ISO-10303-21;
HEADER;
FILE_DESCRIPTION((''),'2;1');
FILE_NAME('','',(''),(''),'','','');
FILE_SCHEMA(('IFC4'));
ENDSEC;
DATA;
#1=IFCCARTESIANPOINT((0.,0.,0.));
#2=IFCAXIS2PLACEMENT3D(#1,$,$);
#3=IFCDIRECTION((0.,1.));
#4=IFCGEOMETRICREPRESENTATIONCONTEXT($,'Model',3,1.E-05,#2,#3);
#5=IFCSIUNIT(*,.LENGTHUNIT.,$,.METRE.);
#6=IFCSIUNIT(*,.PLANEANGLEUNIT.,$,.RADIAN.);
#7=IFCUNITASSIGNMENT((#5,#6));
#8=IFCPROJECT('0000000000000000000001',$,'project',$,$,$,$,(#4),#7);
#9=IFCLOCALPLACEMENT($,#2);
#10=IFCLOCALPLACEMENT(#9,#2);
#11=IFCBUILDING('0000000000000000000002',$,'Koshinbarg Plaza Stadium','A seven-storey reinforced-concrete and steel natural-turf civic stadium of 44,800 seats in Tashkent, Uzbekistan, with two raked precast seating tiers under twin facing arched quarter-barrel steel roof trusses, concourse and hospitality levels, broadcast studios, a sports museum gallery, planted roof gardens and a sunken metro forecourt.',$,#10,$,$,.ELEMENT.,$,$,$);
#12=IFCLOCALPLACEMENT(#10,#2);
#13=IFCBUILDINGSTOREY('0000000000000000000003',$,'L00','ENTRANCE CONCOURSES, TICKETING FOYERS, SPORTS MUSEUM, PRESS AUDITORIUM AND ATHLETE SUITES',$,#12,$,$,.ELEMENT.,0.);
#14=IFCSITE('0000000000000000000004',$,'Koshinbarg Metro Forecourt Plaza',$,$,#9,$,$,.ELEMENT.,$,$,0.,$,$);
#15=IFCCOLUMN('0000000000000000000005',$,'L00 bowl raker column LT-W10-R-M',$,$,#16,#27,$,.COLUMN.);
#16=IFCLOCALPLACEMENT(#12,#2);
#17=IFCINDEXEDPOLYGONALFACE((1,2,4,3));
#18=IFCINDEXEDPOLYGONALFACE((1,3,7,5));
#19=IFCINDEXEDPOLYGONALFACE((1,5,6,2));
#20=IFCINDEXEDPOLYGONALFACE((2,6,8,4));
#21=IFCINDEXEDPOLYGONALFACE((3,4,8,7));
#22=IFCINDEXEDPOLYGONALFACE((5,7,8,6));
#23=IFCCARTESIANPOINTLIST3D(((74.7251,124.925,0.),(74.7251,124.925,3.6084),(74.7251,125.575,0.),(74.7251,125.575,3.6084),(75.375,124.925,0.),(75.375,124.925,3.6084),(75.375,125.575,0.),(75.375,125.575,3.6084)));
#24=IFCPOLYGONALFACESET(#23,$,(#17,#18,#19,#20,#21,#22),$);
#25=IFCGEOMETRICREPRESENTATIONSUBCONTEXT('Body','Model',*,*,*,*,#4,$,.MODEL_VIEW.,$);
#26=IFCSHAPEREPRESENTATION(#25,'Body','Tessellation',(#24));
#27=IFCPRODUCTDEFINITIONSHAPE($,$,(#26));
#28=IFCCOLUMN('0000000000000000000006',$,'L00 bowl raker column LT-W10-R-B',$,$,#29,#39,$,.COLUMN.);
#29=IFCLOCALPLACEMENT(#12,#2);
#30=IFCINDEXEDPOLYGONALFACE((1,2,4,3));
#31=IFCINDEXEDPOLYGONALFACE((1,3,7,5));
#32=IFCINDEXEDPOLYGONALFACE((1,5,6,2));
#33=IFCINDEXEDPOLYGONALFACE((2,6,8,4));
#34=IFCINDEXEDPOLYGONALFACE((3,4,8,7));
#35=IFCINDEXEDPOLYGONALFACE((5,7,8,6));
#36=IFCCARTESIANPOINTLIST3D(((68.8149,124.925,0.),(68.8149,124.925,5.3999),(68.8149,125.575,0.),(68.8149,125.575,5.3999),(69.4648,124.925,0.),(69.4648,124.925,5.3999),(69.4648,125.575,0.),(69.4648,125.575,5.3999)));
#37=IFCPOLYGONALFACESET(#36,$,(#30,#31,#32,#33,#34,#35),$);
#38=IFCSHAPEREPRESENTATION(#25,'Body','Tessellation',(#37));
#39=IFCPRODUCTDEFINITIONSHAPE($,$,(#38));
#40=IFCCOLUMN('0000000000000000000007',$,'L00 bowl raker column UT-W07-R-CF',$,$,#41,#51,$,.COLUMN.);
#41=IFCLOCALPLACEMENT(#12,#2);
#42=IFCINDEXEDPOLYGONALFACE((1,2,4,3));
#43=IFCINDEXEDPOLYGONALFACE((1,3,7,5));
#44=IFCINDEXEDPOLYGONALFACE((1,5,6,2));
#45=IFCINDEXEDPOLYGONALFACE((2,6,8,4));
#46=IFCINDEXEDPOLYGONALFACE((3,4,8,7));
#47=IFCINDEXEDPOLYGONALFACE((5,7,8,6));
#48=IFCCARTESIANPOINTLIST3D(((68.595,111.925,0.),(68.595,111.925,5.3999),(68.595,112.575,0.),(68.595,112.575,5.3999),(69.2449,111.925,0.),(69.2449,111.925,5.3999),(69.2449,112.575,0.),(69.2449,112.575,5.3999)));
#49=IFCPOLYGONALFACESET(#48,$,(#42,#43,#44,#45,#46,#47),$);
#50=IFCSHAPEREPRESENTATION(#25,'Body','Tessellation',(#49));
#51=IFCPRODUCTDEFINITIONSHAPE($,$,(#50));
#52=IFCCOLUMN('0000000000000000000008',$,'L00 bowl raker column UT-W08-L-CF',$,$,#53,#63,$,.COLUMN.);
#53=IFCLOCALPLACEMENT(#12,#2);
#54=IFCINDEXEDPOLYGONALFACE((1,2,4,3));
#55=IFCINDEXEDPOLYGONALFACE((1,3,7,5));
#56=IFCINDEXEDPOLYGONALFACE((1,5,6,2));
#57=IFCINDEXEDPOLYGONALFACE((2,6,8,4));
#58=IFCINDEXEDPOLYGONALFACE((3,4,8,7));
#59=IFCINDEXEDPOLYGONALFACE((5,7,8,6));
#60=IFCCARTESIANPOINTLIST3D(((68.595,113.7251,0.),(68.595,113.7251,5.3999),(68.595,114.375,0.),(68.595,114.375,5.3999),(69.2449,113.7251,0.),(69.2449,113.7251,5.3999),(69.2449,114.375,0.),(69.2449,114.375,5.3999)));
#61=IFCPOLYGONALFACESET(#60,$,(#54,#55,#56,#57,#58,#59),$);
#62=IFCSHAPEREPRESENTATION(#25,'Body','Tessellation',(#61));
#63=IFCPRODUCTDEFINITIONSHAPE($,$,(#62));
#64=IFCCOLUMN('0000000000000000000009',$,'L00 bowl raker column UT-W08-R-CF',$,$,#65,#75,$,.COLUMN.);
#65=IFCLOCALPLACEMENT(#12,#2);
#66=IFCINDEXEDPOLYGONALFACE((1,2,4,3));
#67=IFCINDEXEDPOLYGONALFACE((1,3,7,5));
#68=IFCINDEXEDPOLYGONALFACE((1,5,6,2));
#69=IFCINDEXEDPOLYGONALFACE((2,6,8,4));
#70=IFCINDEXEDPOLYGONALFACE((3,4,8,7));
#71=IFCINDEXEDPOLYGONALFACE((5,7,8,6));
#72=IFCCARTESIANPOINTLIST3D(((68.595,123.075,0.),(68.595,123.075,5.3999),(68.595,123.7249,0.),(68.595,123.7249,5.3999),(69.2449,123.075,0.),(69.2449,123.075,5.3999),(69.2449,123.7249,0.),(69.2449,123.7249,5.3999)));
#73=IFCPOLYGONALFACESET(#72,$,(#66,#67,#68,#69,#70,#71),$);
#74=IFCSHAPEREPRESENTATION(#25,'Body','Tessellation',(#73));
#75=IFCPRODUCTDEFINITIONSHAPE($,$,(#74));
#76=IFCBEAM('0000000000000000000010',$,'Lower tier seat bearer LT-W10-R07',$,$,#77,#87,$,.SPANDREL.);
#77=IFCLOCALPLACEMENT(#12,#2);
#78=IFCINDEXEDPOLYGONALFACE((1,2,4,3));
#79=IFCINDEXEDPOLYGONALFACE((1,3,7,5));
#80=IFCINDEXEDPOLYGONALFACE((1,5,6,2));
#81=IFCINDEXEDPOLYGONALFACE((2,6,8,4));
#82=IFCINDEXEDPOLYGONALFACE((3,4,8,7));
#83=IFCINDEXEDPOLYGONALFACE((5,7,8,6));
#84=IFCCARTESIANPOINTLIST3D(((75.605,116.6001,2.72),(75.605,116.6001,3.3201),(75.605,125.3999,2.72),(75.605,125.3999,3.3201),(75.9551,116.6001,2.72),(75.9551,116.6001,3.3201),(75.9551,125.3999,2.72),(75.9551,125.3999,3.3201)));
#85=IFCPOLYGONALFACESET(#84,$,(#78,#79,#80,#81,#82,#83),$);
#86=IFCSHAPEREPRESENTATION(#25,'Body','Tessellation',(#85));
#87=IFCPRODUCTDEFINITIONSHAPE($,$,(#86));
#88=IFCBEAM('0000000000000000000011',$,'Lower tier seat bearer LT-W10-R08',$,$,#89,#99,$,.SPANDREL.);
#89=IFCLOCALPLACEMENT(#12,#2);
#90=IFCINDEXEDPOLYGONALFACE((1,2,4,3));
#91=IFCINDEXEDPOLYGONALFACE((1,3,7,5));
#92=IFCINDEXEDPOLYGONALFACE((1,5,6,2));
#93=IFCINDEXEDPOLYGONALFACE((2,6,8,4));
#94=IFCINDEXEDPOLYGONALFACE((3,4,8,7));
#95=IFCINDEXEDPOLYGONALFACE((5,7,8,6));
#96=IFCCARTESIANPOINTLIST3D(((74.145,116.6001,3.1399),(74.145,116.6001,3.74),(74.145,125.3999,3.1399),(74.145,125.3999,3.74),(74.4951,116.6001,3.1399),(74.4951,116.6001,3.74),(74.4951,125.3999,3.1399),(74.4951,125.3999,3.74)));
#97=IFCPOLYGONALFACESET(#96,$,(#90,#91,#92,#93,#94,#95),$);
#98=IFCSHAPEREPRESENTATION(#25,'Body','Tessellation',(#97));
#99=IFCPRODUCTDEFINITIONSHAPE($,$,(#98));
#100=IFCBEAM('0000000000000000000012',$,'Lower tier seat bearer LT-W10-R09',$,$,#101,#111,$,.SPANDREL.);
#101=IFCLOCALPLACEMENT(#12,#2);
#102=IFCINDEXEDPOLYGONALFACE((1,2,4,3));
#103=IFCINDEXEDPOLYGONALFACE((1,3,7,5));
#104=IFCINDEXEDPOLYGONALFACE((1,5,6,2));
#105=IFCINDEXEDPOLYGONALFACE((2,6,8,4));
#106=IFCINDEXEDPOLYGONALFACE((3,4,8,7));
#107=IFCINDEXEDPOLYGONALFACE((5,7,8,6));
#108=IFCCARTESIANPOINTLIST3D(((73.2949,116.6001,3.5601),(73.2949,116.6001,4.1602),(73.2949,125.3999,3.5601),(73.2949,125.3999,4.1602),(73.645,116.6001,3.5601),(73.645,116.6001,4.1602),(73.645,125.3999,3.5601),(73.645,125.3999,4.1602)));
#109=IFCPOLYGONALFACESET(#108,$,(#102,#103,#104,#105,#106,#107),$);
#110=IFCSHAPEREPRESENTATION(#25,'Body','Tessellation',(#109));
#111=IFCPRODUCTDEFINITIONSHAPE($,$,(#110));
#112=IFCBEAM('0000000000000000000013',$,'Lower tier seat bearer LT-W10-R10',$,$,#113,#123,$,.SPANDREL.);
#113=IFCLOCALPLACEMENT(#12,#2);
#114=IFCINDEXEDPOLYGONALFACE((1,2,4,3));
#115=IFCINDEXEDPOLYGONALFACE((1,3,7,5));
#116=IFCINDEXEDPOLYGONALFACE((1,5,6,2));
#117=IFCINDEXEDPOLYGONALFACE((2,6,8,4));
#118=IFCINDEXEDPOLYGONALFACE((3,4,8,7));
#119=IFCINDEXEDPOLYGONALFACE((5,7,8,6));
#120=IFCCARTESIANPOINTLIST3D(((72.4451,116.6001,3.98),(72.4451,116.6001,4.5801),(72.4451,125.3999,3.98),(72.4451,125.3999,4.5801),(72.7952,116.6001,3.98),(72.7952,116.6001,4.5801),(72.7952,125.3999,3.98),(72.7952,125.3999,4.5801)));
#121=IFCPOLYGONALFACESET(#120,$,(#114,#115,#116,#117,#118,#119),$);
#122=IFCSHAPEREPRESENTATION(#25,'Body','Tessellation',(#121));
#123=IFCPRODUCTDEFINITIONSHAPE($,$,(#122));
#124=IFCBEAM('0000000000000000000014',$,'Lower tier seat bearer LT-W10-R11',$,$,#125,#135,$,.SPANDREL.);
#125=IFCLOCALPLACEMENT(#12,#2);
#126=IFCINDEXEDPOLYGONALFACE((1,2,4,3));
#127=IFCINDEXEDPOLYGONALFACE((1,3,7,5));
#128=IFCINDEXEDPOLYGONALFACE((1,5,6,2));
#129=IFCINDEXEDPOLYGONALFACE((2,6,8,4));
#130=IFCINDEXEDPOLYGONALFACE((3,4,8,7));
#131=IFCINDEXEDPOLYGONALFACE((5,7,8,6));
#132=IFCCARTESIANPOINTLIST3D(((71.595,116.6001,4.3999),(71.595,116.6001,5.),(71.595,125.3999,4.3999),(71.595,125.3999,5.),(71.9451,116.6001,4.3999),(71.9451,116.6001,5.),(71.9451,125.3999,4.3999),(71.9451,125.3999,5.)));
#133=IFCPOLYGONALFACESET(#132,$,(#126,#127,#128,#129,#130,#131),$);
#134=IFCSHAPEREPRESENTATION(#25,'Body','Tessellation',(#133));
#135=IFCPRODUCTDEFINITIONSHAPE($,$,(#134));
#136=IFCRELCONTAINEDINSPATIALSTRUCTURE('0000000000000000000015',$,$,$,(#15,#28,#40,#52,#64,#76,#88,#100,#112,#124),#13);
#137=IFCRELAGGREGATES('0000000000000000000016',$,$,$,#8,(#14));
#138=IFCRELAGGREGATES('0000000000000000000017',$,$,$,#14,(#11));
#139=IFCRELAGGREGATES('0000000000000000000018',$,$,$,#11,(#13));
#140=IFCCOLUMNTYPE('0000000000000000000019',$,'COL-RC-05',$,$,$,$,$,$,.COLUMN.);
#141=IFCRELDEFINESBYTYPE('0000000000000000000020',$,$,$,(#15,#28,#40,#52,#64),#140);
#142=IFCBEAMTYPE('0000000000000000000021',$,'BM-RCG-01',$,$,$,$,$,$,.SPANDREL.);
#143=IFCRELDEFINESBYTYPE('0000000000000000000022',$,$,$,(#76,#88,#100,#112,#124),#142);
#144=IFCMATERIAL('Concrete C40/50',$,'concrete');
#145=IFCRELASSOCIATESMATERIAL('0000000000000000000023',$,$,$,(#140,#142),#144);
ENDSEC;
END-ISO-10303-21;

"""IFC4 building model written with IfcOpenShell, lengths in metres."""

from ifc_helpers import new_model, si_unit, direction, frame, origin, origin_2d, place, context, subcontext, project, spatial, rectangle, extrude, material, material_profile, profile_set, type_object, element, save


model = new_model("IFC4")

# Units and contexts
model_context = context("Model", 3, precision=1e-05, world=origin(), true_north=direction((0.0, 1.0)))
body_context = subcontext(model_context, "Body", "Model", "MODEL_VIEW")
ifc_project = project(units=[si_unit("LENGTHUNIT", "METRE"), si_unit("PLANEANGLEUNIT", "RADIAN")], contexts=[model_context])

# Site, building, storey
site_placement = place(None, origin())
site = spatial("IfcSite", under=ifc_project, at=site_placement, Name="Koshinbarg Metro Forecourt Plaza", CompositionType="ELEMENT", RefElevation=0.0)
building_placement = place(site_placement, origin())
building = spatial("IfcBuilding", under=site, at=building_placement, Name="Koshinbarg Plaza Stadium", Description="A seven-storey reinforced-concrete and steel natural-turf civic stadium of 44,800 seats in Tashkent, Uzbekistan, with two raked precast seating tiers under twin facing arched quarter-barrel steel roof trusses, concourse and hospitality levels, broadcast studios, a sports museum gallery, planted roof gardens and a sunken metro forecourt.", CompositionType="ELEMENT")
storey_placement = place(building_placement, origin())
storey = spatial("IfcBuildingStorey", under=building, at=storey_placement, Name="L00", Description="ENTRANCE CONCOURSES, TICKETING FOYERS, SPORTS MUSEUM, PRESS AUDITORIUM AND ATHLETE SUITES", CompositionType="ELEMENT", Elevation=0.0)

# Columns
ifc_material_1 = material(Name="Concrete C40/50", Category="concrete")
ifc_material_profile_1 = material_profile(ifc_material_1, rectangle(XDim=0.6499, YDim=0.6499, at=origin_2d()), Name="RC 650x650")
ifc_profile_set_1 = profile_set([ifc_material_profile_1], Name="Concrete C40/50")
column_type = type_object("IfcColumnType", Name="COL-RC-05", PredefinedType="COLUMN", material=ifc_profile_set_1)
column_1_placement = place(storey_placement, frame((75.05, 125.25, 0.0), z_axis=(0.0, 0.0, 1.0), x_axis=(1.0, 0.0, 0.0)))
element("IfcColumn", 1, at=column_1_placement, inside=storey, type_object=column_type, Name="L00 bowl raker column LT-W10-R-M", PredefinedType="COLUMN", context=body_context, shape_type="SweptSolid", body=[
    extrude(rectangle(XDim=0.6499, YDim=0.6499, at=origin_2d()), origin(), (0.0, 0.0, 1.0), 3.6084),
])
for number, where, z_axis, x_axis, name in (
    (2, (69.1399, 125.25, 0.0), (0.0, 0.0, 1.0), (1.0, 0.0, 0.0), "L00 bowl raker column LT-W10-R-B"),
    (3, (68.9199, 112.25, 0.0), (0.0, 0.0, 1.0), (1.0, 0.0, 0.0), "L00 bowl raker column UT-W07-R-CF"),
    (4, (68.9199, 114.05, 0.0), (0.0, 0.0, 1.0), (1.0, 0.0, 0.0), "L00 bowl raker column UT-W08-L-CF"),
    (5, (68.9199, 123.3999, 0.0), (0.0, 0.0, 1.0), (1.0, 0.0, 0.0), "L00 bowl raker column UT-W08-R-CF"),
):
    element("IfcColumn", number, at=place(storey_placement, frame(where, z_axis=z_axis, x_axis=x_axis)), inside=storey, type_object=column_type, Name=name, PredefinedType="COLUMN", context=body_context, shape_type="SweptSolid", body=[
        extrude(rectangle(XDim=0.6499, YDim=0.6499, at=origin_2d()), origin(), (0.0, 0.0, 1.0), 5.3999),
    ])

# Beams
ifc_material_profile_2 = material_profile(ifc_material_1, rectangle(XDim=0.3501, YDim=0.6001, at=origin_2d()), Name="RC 350x600")
ifc_profile_set_2 = profile_set([ifc_material_profile_2], Name="Concrete C40/50")
beam_type = type_object("IfcBeamType", Name="BM-RCG-01", PredefinedType="SPANDREL", material=ifc_profile_set_2)
for number, where, z_axis, x_axis, name in (
    (6, (75.78, 116.6001, 3.02), (0.0, 1.0, 0.0), (-1.0, 0.0, 0.0), "Lower tier seat bearer LT-W10-R07"),
    (7, (74.3201, 116.6001, 3.4399), (0.0, 1.0, 0.0), (-1.0, 0.0, 0.0), "Lower tier seat bearer LT-W10-R08"),
    (8, (73.47, 116.6001, 3.8601), (0.0, 1.0, 0.0), (-1.0, 0.0, 0.0), "Lower tier seat bearer LT-W10-R09"),
    (9, (72.6201, 116.6001, 4.28), (0.0, 1.0, 0.0), (-1.0, 0.0, 0.0), "Lower tier seat bearer LT-W10-R10"),
    (10, (71.77, 116.6001, 4.7), (0.0, 1.0, 0.0), (-1.0, 0.0, 0.0), "Lower tier seat bearer LT-W10-R11"),
):
    element("IfcBeam", number, at=place(storey_placement, frame(where, z_axis=z_axis, x_axis=x_axis)), inside=storey, type_object=beam_type, Name=name, PredefinedType="SPANDREL", context=body_context, shape_type="SweptSolid", body=[
        extrude(rectangle(XDim=0.3501, YDim=0.6001, at=origin_2d()), origin(), (0.0, 0.0, 1.0), 8.7998),
    ])

save(model, "model.ifc")
